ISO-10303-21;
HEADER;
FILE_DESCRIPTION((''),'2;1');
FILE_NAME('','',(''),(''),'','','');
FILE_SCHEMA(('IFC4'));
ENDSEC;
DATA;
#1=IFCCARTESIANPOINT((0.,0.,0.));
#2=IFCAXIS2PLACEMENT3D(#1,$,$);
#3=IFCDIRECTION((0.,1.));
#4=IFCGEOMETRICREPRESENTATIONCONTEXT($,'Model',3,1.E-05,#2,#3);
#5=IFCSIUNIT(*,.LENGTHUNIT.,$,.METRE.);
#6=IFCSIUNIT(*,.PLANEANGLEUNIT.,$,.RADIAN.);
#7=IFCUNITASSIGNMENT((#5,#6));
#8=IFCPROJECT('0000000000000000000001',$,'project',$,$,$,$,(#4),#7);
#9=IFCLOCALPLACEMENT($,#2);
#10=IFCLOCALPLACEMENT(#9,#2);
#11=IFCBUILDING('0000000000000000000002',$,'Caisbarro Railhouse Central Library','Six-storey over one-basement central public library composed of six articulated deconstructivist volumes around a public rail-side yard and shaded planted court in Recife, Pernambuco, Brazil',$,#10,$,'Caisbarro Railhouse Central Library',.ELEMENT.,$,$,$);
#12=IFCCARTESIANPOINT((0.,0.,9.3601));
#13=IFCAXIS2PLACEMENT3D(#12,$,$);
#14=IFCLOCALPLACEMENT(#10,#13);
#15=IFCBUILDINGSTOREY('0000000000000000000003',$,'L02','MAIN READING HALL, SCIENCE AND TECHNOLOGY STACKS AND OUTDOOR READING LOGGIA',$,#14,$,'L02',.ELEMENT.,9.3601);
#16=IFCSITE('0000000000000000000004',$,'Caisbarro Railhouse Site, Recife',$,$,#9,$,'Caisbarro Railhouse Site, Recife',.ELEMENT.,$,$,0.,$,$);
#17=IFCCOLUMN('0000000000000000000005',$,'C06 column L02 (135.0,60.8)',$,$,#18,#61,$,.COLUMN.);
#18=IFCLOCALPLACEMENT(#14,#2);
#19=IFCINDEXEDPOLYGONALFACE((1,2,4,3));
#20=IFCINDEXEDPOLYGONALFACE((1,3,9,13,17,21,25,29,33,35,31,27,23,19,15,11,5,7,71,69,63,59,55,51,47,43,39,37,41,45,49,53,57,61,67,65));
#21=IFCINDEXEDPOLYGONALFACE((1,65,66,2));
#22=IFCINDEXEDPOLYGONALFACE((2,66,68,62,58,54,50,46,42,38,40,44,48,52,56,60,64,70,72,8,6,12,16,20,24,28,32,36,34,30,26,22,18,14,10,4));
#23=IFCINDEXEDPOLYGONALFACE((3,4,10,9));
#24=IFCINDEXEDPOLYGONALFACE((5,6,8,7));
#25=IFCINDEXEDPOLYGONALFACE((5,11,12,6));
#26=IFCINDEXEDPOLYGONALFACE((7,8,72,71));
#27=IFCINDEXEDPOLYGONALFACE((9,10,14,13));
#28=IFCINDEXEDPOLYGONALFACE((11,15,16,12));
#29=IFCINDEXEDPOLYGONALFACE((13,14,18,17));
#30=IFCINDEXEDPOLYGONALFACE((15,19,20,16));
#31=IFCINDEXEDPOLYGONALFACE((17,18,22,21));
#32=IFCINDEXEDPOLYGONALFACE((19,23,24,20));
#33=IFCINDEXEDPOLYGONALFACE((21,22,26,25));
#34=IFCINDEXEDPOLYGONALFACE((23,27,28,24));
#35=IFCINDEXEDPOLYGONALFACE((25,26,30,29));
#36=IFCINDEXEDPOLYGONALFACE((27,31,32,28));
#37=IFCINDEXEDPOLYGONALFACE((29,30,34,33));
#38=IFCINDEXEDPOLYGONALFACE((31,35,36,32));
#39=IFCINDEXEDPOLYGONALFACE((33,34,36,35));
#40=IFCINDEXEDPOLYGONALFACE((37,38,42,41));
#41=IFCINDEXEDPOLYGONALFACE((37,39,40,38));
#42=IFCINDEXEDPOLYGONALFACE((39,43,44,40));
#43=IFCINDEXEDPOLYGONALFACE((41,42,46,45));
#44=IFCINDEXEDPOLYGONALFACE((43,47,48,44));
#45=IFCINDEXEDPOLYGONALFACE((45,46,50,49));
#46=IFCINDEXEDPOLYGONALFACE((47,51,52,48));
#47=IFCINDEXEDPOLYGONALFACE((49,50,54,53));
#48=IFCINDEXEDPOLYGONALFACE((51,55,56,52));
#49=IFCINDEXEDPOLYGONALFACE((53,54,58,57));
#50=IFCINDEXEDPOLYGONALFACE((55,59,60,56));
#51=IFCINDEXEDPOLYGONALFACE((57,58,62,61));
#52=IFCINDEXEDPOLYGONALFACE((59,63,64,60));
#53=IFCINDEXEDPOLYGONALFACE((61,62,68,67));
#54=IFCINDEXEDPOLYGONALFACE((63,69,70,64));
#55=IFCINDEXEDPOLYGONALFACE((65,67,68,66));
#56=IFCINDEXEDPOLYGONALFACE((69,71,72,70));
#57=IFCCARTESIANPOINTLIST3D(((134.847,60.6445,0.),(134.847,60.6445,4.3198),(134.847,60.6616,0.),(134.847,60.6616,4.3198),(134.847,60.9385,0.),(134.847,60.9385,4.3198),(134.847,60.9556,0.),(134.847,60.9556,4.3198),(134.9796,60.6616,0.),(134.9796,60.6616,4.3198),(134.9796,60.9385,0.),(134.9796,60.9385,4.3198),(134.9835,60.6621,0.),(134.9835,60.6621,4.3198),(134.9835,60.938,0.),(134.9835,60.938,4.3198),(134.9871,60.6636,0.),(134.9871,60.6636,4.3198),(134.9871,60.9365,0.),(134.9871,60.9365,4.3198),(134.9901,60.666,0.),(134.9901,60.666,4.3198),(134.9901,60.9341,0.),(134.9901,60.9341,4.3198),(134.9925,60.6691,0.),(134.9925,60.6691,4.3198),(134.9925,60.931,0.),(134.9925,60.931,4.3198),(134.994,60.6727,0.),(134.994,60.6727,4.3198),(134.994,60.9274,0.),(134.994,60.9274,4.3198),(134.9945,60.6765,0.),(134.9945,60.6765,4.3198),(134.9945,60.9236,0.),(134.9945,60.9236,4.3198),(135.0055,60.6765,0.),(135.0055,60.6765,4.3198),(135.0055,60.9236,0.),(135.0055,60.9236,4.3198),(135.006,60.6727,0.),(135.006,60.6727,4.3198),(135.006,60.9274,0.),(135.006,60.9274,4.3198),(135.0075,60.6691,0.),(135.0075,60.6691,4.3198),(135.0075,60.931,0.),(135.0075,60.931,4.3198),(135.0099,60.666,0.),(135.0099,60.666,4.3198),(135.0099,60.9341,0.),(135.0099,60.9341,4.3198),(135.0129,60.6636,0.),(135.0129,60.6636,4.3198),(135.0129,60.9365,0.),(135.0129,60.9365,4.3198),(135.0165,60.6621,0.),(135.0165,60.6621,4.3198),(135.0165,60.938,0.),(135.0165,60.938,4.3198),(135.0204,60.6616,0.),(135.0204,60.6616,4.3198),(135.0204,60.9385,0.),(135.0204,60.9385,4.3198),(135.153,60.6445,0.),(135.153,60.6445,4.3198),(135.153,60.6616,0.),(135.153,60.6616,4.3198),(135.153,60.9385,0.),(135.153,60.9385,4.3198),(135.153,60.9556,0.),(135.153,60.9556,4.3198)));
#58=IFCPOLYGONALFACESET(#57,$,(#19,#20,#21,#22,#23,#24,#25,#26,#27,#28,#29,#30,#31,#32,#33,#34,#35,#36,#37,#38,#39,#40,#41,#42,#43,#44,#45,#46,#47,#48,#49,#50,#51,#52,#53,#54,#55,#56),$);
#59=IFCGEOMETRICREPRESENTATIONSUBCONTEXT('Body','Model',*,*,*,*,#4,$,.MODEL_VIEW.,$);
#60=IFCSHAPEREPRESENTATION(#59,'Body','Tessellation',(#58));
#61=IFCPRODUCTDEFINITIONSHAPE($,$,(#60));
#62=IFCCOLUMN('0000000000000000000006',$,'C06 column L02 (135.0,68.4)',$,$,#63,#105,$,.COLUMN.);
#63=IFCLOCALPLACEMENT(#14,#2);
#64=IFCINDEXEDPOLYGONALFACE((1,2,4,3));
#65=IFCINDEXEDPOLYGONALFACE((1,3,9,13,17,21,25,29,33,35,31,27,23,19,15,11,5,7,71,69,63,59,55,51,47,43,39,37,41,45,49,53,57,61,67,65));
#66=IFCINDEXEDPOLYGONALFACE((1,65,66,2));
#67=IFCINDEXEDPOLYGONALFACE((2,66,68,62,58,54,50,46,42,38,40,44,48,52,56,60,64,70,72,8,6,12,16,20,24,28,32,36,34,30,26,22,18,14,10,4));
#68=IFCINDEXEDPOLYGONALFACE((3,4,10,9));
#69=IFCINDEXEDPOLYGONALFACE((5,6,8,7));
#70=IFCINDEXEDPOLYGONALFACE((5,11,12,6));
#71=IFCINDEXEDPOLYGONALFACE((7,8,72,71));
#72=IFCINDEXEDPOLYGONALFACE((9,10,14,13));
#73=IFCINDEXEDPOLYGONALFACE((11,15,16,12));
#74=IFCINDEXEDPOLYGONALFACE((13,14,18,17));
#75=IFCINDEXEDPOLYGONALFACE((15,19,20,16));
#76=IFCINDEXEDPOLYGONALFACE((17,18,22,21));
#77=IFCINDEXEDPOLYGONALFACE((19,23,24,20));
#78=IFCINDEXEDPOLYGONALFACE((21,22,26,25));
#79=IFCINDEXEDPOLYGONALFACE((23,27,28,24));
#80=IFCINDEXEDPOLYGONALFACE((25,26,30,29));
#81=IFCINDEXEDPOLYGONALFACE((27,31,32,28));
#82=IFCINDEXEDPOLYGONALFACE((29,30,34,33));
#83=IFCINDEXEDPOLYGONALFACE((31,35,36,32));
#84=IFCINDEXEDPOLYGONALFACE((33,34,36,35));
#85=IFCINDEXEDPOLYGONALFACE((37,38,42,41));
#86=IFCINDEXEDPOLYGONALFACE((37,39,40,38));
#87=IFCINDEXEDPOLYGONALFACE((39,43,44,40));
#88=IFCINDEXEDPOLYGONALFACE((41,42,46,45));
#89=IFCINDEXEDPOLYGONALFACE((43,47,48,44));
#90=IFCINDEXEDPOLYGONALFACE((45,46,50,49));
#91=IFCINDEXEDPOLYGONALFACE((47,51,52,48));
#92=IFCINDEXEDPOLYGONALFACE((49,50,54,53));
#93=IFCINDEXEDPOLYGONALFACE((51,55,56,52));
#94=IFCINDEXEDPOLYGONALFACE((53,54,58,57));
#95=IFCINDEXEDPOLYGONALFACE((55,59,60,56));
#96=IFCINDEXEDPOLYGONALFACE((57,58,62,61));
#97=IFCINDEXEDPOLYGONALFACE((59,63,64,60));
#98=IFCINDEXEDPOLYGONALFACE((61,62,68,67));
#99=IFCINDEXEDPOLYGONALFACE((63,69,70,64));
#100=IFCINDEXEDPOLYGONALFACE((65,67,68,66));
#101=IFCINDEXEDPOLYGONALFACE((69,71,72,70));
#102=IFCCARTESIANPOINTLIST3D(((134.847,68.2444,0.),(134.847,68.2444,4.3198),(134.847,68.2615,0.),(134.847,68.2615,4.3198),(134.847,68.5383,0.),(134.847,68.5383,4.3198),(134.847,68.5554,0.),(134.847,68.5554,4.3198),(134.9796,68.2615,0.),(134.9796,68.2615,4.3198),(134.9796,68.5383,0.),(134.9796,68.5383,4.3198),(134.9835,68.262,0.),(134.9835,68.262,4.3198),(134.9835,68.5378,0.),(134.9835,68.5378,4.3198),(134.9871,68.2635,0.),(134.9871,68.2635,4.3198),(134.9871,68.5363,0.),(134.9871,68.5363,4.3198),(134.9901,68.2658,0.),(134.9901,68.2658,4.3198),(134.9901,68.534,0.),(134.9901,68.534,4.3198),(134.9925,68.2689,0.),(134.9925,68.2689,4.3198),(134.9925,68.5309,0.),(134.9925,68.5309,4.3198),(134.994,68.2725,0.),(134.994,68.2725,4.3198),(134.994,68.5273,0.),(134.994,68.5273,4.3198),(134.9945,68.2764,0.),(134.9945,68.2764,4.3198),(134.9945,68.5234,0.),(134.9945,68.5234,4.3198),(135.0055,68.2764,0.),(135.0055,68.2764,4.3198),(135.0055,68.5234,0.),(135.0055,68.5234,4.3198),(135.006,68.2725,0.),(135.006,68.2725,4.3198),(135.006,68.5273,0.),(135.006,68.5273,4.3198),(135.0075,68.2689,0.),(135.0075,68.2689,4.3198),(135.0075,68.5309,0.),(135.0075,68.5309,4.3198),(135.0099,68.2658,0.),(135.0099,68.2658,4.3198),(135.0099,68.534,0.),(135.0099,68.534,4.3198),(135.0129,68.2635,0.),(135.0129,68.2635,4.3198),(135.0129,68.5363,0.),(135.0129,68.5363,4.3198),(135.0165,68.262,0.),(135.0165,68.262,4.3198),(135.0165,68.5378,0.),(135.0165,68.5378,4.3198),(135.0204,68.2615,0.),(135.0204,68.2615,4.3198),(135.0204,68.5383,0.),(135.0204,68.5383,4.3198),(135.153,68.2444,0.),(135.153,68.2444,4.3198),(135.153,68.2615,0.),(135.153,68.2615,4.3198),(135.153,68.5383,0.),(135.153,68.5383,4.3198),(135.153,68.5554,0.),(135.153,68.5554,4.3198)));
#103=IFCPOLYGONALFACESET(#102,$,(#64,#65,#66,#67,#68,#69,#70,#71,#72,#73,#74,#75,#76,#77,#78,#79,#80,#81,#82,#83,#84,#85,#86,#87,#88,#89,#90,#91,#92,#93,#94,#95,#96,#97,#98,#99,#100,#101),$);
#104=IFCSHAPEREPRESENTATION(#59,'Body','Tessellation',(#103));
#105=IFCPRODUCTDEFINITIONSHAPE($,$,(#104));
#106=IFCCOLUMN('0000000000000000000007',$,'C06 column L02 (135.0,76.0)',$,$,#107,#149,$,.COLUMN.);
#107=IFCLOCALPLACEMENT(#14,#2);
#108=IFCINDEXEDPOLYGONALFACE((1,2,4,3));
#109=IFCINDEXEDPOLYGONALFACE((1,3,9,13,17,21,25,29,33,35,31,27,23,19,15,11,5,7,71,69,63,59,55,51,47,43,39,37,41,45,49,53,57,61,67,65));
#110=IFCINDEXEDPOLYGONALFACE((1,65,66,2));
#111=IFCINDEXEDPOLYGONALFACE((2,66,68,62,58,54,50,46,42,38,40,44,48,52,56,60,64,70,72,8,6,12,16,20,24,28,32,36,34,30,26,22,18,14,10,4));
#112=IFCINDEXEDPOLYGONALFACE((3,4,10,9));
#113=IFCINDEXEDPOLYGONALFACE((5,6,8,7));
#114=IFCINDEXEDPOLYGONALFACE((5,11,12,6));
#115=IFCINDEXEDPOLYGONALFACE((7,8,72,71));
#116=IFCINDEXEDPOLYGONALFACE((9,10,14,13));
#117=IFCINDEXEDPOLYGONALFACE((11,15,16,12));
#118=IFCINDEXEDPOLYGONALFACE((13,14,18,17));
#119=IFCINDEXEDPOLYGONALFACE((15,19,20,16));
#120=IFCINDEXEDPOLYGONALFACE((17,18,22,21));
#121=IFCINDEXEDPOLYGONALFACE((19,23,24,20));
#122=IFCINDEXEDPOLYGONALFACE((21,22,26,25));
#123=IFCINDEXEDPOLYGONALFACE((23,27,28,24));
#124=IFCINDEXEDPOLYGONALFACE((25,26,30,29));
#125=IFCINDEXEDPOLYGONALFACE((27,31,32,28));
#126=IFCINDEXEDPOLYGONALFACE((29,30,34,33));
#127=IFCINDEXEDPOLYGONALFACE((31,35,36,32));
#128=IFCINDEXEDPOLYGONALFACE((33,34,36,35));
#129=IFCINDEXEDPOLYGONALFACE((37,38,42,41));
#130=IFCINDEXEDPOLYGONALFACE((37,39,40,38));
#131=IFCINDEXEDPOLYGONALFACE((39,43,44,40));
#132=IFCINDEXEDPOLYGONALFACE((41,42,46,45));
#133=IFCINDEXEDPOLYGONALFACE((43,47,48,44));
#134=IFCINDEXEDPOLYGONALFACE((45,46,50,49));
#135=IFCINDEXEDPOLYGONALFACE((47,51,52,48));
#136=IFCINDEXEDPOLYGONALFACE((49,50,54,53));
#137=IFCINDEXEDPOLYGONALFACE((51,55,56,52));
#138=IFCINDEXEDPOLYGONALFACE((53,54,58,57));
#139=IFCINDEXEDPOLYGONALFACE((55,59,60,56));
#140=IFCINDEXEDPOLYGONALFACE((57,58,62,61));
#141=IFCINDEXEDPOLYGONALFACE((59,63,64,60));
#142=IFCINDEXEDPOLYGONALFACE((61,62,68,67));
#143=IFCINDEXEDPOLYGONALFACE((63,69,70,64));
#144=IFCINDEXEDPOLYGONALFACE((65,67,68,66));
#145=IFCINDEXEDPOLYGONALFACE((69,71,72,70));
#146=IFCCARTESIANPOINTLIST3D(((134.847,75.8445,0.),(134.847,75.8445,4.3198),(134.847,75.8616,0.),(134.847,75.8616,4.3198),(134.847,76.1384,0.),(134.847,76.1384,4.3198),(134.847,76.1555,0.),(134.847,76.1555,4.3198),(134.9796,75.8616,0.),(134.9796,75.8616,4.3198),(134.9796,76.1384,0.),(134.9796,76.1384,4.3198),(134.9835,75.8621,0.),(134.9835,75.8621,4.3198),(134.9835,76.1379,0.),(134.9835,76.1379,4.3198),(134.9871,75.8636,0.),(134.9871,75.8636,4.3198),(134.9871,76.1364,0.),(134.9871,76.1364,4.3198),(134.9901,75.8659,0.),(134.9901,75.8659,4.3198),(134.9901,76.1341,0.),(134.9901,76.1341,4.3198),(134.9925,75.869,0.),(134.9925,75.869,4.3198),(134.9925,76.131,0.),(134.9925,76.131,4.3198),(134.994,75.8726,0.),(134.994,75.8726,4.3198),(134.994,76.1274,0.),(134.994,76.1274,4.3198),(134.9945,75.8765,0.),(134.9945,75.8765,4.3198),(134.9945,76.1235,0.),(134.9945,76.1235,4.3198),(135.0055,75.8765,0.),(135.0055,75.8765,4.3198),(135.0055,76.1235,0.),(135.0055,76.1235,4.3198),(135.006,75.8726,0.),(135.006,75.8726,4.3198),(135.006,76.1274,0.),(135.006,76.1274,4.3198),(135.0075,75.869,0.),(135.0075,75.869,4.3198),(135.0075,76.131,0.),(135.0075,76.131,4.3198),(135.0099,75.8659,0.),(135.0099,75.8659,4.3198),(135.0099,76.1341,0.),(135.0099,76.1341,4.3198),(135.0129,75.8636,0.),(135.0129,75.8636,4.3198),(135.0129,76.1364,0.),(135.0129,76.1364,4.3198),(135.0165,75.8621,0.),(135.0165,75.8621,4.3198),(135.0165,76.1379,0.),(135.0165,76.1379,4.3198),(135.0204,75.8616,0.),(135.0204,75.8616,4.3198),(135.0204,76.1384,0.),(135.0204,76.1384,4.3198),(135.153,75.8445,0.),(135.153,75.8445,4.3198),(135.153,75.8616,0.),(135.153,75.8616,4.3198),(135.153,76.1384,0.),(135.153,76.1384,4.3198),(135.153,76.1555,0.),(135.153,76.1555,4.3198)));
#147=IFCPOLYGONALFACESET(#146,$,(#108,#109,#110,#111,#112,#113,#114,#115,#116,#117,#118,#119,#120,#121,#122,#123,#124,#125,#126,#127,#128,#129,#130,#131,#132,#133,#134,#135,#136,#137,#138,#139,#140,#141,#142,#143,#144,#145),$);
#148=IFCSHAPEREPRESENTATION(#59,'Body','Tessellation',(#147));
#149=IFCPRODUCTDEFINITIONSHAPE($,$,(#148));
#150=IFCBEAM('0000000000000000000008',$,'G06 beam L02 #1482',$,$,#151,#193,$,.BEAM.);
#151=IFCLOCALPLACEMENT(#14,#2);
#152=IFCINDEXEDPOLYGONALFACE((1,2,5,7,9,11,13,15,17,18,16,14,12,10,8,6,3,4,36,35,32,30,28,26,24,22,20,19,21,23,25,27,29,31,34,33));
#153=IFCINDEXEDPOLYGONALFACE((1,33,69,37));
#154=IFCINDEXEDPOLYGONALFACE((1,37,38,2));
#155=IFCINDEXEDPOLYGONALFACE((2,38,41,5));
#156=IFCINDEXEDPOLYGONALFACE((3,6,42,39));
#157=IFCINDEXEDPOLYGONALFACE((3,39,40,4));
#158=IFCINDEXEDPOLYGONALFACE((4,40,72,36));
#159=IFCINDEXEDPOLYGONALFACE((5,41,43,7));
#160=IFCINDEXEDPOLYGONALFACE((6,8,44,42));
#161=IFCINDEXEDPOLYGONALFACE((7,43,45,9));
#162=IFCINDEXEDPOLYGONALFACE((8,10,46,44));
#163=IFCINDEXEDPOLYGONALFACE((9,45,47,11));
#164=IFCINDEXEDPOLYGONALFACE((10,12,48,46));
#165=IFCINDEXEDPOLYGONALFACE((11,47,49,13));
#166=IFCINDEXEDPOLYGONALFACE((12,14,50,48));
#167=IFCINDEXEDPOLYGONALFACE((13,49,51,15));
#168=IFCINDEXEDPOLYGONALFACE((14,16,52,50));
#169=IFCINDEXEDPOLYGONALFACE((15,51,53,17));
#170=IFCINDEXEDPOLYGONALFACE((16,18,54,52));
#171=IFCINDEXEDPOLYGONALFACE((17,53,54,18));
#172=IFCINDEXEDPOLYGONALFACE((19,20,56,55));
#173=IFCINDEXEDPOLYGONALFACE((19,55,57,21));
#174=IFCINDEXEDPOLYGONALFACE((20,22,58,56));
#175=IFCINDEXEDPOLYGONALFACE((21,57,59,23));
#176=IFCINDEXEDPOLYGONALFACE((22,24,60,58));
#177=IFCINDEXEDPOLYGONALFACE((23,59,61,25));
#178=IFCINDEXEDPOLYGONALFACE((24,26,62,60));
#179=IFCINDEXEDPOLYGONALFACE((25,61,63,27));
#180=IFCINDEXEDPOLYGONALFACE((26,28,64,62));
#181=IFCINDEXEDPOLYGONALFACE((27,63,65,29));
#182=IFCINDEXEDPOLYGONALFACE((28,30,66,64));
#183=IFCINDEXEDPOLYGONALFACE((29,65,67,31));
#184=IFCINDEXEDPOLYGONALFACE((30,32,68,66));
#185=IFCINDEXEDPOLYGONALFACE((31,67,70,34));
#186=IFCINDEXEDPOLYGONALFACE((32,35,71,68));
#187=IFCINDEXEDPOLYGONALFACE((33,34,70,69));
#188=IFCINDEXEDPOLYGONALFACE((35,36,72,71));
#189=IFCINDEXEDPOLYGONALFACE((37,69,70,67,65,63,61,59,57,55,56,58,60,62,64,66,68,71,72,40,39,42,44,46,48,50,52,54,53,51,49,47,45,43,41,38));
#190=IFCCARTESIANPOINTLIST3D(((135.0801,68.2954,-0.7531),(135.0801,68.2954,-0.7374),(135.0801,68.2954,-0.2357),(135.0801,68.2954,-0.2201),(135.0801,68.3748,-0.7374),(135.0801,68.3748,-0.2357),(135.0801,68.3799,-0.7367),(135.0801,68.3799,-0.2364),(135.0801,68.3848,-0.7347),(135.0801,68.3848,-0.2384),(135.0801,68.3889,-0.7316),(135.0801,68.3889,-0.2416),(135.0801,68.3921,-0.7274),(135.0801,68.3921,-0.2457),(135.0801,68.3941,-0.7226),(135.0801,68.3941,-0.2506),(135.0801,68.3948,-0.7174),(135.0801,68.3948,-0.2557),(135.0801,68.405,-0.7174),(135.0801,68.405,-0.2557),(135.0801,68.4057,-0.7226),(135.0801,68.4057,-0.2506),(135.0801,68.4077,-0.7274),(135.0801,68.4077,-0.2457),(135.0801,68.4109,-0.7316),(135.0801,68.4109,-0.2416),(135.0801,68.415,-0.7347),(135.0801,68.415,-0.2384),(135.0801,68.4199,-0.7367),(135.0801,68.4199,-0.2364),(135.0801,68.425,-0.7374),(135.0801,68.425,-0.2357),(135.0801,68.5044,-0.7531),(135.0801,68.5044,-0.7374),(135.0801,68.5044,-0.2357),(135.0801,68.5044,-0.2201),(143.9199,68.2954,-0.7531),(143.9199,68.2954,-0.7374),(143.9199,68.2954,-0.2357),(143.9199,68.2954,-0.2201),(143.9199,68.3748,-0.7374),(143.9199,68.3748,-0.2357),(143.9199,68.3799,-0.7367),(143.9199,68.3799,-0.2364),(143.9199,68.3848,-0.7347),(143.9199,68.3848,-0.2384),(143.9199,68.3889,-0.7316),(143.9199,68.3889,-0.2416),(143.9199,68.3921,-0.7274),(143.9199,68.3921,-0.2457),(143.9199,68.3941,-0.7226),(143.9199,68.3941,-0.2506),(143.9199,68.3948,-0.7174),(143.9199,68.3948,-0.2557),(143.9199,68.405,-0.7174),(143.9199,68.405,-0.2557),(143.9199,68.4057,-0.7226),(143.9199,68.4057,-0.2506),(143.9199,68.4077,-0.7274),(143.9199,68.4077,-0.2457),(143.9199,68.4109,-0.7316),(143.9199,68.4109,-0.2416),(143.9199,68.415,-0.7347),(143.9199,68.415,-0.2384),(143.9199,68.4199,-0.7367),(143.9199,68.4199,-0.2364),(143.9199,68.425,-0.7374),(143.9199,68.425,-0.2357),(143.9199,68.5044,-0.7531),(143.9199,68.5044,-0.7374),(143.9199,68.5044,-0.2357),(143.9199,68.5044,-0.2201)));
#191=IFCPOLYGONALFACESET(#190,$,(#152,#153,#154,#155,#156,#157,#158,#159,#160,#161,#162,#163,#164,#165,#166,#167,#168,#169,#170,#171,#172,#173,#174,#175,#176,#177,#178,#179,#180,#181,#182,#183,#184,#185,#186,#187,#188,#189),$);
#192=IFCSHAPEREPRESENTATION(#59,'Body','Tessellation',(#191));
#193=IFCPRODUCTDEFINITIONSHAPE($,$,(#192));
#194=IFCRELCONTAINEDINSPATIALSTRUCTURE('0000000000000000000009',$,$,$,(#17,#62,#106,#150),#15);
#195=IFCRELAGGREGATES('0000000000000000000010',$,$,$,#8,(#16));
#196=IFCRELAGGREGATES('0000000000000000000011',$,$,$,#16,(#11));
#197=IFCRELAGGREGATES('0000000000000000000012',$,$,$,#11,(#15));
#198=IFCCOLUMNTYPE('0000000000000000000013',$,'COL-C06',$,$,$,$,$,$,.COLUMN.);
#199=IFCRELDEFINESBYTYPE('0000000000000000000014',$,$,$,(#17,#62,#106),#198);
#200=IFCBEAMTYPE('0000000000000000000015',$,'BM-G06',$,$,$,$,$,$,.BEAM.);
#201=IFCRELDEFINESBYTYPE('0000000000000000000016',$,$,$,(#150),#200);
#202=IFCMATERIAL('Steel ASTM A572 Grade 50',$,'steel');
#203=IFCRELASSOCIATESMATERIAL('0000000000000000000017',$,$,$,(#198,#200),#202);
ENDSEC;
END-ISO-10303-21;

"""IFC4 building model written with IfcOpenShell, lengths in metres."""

from ifc_helpers import new_model, si_unit, direction, frame, origin, origin_2d, place, context, subcontext, project, spatial, i_section, extrude, material, material_profile, profile_set, type_object, element, save


model = new_model("IFC4")

# Units and contexts
model_context = context("Model", 3, precision=1e-05, world=origin(), true_north=direction((0.0, 1.0)))
body_context = subcontext(model_context, "Body", "Model", "MODEL_VIEW")
ifc_project = project(units=[si_unit("LENGTHUNIT", "METRE"), si_unit("PLANEANGLEUNIT", "RADIAN")], contexts=[model_context])

# Site, building, storey
site_placement = place(None, origin())
site = spatial("IfcSite", under=ifc_project, at=site_placement, Name="Caisbarro Railhouse Site, Recife", LongName="Caisbarro Railhouse Site, Recife", CompositionType="ELEMENT", RefElevation=0.0)
building_placement = place(site_placement, origin())
building = spatial("IfcBuilding", under=site, at=building_placement, Name="Caisbarro Railhouse Central Library", Description="Six-storey over one-basement central public library composed of six articulated deconstructivist volumes around a public rail-side yard and shaded planted court in Recife, Pernambuco, Brazil", LongName="Caisbarro Railhouse Central Library", CompositionType="ELEMENT")
storey_placement = place(building_placement, frame((0.0, 0.0, 9.3601)))
storey = spatial("IfcBuildingStorey", under=building, at=storey_placement, Name="L02", Description="MAIN READING HALL, SCIENCE AND TECHNOLOGY STACKS AND OUTDOOR READING LOGGIA", LongName="L02", CompositionType="ELEMENT", Elevation=9.3601)

# Columns
ifc_material_1 = material(Name="Steel ASTM A572 Grade 50", Category="steel")
ifc_material_profile_1 = material_profile(ifc_material_1, i_section(OverallWidth=0.3059, OverallDepth=0.311, WebThickness=0.011, FlangeThickness=0.0171, FilletRadius=0.0149, at=origin_2d()), Name="W310X107.0")
ifc_profile_set_1 = profile_set([ifc_material_profile_1], Name="Steel ASTM A572 Grade 50")
column_type = type_object("IfcColumnType", Name="COL-C06", PredefinedType="COLUMN", material=ifc_profile_set_1)
for number, where, z_axis, x_axis, name in (
    (1, (135.0, 60.8, 0.0), (0.0, 0.0, 1.0), (1.0, 0.0, 0.0), "C06 column L02 (135.0,60.8)"),
    (2, (135.0, 68.3999, 0.0), (0.0, 0.0, 1.0), (1.0, 0.0, 0.0), "C06 column L02 (135.0,68.4)"),
    (3, (135.0, 76.0, 0.0), (0.0, 0.0, 1.0), (1.0, 0.0, 0.0), "C06 column L02 (135.0,76.0)"),
):
    element("IfcColumn", number, at=place(storey_placement, frame(where, z_axis=z_axis, x_axis=x_axis)), inside=storey, type_object=column_type, Name=name, PredefinedType="COLUMN", context=body_context, shape_type="SweptSolid", body=[
        extrude(i_section(OverallWidth=0.3059, OverallDepth=0.311, WebThickness=0.011, FlangeThickness=0.0171, FilletRadius=0.0149, at=origin_2d()), origin(), (0.0, 0.0, 1.0), 4.3198),
    ])

# Beam
ifc_material_profile_2 = material_profile(ifc_material_1, i_section(OverallWidth=0.209, OverallDepth=0.533, WebThickness=0.0103, FlangeThickness=0.0156, FilletRadius=0.02, at=origin_2d()), Name="W530X92.0")
ifc_profile_set_2 = profile_set([ifc_material_profile_2], Name="Steel ASTM A572 Grade 50")
beam_type_1 = type_object("IfcBeamType", Name="BM-G06", PredefinedType="BEAM", material=ifc_profile_set_2)
for number, where, z_axis, x_axis, name in (
    (4, (135.0801, 68.3999, -0.4866), (1.0, 0.0, 0.0), (0.0, 1.0, 0.0), "G06 beam L02 #1482"),
):
    element("IfcBeam", number, at=place(storey_placement, frame(where, z_axis=z_axis, x_axis=x_axis)), inside=storey, type_object=beam_type_1, Name=name, PredefinedType="BEAM", context=body_context, shape_type="SweptSolid", body=[
        extrude(i_section(OverallWidth=0.209, OverallDepth=0.533, WebThickness=0.0103, FlangeThickness=0.0156, FilletRadius=0.02, at=origin_2d()), origin(), (0.0, 0.0, 1.0), 8.8398),
    ])

save(model, "model.ifc")
